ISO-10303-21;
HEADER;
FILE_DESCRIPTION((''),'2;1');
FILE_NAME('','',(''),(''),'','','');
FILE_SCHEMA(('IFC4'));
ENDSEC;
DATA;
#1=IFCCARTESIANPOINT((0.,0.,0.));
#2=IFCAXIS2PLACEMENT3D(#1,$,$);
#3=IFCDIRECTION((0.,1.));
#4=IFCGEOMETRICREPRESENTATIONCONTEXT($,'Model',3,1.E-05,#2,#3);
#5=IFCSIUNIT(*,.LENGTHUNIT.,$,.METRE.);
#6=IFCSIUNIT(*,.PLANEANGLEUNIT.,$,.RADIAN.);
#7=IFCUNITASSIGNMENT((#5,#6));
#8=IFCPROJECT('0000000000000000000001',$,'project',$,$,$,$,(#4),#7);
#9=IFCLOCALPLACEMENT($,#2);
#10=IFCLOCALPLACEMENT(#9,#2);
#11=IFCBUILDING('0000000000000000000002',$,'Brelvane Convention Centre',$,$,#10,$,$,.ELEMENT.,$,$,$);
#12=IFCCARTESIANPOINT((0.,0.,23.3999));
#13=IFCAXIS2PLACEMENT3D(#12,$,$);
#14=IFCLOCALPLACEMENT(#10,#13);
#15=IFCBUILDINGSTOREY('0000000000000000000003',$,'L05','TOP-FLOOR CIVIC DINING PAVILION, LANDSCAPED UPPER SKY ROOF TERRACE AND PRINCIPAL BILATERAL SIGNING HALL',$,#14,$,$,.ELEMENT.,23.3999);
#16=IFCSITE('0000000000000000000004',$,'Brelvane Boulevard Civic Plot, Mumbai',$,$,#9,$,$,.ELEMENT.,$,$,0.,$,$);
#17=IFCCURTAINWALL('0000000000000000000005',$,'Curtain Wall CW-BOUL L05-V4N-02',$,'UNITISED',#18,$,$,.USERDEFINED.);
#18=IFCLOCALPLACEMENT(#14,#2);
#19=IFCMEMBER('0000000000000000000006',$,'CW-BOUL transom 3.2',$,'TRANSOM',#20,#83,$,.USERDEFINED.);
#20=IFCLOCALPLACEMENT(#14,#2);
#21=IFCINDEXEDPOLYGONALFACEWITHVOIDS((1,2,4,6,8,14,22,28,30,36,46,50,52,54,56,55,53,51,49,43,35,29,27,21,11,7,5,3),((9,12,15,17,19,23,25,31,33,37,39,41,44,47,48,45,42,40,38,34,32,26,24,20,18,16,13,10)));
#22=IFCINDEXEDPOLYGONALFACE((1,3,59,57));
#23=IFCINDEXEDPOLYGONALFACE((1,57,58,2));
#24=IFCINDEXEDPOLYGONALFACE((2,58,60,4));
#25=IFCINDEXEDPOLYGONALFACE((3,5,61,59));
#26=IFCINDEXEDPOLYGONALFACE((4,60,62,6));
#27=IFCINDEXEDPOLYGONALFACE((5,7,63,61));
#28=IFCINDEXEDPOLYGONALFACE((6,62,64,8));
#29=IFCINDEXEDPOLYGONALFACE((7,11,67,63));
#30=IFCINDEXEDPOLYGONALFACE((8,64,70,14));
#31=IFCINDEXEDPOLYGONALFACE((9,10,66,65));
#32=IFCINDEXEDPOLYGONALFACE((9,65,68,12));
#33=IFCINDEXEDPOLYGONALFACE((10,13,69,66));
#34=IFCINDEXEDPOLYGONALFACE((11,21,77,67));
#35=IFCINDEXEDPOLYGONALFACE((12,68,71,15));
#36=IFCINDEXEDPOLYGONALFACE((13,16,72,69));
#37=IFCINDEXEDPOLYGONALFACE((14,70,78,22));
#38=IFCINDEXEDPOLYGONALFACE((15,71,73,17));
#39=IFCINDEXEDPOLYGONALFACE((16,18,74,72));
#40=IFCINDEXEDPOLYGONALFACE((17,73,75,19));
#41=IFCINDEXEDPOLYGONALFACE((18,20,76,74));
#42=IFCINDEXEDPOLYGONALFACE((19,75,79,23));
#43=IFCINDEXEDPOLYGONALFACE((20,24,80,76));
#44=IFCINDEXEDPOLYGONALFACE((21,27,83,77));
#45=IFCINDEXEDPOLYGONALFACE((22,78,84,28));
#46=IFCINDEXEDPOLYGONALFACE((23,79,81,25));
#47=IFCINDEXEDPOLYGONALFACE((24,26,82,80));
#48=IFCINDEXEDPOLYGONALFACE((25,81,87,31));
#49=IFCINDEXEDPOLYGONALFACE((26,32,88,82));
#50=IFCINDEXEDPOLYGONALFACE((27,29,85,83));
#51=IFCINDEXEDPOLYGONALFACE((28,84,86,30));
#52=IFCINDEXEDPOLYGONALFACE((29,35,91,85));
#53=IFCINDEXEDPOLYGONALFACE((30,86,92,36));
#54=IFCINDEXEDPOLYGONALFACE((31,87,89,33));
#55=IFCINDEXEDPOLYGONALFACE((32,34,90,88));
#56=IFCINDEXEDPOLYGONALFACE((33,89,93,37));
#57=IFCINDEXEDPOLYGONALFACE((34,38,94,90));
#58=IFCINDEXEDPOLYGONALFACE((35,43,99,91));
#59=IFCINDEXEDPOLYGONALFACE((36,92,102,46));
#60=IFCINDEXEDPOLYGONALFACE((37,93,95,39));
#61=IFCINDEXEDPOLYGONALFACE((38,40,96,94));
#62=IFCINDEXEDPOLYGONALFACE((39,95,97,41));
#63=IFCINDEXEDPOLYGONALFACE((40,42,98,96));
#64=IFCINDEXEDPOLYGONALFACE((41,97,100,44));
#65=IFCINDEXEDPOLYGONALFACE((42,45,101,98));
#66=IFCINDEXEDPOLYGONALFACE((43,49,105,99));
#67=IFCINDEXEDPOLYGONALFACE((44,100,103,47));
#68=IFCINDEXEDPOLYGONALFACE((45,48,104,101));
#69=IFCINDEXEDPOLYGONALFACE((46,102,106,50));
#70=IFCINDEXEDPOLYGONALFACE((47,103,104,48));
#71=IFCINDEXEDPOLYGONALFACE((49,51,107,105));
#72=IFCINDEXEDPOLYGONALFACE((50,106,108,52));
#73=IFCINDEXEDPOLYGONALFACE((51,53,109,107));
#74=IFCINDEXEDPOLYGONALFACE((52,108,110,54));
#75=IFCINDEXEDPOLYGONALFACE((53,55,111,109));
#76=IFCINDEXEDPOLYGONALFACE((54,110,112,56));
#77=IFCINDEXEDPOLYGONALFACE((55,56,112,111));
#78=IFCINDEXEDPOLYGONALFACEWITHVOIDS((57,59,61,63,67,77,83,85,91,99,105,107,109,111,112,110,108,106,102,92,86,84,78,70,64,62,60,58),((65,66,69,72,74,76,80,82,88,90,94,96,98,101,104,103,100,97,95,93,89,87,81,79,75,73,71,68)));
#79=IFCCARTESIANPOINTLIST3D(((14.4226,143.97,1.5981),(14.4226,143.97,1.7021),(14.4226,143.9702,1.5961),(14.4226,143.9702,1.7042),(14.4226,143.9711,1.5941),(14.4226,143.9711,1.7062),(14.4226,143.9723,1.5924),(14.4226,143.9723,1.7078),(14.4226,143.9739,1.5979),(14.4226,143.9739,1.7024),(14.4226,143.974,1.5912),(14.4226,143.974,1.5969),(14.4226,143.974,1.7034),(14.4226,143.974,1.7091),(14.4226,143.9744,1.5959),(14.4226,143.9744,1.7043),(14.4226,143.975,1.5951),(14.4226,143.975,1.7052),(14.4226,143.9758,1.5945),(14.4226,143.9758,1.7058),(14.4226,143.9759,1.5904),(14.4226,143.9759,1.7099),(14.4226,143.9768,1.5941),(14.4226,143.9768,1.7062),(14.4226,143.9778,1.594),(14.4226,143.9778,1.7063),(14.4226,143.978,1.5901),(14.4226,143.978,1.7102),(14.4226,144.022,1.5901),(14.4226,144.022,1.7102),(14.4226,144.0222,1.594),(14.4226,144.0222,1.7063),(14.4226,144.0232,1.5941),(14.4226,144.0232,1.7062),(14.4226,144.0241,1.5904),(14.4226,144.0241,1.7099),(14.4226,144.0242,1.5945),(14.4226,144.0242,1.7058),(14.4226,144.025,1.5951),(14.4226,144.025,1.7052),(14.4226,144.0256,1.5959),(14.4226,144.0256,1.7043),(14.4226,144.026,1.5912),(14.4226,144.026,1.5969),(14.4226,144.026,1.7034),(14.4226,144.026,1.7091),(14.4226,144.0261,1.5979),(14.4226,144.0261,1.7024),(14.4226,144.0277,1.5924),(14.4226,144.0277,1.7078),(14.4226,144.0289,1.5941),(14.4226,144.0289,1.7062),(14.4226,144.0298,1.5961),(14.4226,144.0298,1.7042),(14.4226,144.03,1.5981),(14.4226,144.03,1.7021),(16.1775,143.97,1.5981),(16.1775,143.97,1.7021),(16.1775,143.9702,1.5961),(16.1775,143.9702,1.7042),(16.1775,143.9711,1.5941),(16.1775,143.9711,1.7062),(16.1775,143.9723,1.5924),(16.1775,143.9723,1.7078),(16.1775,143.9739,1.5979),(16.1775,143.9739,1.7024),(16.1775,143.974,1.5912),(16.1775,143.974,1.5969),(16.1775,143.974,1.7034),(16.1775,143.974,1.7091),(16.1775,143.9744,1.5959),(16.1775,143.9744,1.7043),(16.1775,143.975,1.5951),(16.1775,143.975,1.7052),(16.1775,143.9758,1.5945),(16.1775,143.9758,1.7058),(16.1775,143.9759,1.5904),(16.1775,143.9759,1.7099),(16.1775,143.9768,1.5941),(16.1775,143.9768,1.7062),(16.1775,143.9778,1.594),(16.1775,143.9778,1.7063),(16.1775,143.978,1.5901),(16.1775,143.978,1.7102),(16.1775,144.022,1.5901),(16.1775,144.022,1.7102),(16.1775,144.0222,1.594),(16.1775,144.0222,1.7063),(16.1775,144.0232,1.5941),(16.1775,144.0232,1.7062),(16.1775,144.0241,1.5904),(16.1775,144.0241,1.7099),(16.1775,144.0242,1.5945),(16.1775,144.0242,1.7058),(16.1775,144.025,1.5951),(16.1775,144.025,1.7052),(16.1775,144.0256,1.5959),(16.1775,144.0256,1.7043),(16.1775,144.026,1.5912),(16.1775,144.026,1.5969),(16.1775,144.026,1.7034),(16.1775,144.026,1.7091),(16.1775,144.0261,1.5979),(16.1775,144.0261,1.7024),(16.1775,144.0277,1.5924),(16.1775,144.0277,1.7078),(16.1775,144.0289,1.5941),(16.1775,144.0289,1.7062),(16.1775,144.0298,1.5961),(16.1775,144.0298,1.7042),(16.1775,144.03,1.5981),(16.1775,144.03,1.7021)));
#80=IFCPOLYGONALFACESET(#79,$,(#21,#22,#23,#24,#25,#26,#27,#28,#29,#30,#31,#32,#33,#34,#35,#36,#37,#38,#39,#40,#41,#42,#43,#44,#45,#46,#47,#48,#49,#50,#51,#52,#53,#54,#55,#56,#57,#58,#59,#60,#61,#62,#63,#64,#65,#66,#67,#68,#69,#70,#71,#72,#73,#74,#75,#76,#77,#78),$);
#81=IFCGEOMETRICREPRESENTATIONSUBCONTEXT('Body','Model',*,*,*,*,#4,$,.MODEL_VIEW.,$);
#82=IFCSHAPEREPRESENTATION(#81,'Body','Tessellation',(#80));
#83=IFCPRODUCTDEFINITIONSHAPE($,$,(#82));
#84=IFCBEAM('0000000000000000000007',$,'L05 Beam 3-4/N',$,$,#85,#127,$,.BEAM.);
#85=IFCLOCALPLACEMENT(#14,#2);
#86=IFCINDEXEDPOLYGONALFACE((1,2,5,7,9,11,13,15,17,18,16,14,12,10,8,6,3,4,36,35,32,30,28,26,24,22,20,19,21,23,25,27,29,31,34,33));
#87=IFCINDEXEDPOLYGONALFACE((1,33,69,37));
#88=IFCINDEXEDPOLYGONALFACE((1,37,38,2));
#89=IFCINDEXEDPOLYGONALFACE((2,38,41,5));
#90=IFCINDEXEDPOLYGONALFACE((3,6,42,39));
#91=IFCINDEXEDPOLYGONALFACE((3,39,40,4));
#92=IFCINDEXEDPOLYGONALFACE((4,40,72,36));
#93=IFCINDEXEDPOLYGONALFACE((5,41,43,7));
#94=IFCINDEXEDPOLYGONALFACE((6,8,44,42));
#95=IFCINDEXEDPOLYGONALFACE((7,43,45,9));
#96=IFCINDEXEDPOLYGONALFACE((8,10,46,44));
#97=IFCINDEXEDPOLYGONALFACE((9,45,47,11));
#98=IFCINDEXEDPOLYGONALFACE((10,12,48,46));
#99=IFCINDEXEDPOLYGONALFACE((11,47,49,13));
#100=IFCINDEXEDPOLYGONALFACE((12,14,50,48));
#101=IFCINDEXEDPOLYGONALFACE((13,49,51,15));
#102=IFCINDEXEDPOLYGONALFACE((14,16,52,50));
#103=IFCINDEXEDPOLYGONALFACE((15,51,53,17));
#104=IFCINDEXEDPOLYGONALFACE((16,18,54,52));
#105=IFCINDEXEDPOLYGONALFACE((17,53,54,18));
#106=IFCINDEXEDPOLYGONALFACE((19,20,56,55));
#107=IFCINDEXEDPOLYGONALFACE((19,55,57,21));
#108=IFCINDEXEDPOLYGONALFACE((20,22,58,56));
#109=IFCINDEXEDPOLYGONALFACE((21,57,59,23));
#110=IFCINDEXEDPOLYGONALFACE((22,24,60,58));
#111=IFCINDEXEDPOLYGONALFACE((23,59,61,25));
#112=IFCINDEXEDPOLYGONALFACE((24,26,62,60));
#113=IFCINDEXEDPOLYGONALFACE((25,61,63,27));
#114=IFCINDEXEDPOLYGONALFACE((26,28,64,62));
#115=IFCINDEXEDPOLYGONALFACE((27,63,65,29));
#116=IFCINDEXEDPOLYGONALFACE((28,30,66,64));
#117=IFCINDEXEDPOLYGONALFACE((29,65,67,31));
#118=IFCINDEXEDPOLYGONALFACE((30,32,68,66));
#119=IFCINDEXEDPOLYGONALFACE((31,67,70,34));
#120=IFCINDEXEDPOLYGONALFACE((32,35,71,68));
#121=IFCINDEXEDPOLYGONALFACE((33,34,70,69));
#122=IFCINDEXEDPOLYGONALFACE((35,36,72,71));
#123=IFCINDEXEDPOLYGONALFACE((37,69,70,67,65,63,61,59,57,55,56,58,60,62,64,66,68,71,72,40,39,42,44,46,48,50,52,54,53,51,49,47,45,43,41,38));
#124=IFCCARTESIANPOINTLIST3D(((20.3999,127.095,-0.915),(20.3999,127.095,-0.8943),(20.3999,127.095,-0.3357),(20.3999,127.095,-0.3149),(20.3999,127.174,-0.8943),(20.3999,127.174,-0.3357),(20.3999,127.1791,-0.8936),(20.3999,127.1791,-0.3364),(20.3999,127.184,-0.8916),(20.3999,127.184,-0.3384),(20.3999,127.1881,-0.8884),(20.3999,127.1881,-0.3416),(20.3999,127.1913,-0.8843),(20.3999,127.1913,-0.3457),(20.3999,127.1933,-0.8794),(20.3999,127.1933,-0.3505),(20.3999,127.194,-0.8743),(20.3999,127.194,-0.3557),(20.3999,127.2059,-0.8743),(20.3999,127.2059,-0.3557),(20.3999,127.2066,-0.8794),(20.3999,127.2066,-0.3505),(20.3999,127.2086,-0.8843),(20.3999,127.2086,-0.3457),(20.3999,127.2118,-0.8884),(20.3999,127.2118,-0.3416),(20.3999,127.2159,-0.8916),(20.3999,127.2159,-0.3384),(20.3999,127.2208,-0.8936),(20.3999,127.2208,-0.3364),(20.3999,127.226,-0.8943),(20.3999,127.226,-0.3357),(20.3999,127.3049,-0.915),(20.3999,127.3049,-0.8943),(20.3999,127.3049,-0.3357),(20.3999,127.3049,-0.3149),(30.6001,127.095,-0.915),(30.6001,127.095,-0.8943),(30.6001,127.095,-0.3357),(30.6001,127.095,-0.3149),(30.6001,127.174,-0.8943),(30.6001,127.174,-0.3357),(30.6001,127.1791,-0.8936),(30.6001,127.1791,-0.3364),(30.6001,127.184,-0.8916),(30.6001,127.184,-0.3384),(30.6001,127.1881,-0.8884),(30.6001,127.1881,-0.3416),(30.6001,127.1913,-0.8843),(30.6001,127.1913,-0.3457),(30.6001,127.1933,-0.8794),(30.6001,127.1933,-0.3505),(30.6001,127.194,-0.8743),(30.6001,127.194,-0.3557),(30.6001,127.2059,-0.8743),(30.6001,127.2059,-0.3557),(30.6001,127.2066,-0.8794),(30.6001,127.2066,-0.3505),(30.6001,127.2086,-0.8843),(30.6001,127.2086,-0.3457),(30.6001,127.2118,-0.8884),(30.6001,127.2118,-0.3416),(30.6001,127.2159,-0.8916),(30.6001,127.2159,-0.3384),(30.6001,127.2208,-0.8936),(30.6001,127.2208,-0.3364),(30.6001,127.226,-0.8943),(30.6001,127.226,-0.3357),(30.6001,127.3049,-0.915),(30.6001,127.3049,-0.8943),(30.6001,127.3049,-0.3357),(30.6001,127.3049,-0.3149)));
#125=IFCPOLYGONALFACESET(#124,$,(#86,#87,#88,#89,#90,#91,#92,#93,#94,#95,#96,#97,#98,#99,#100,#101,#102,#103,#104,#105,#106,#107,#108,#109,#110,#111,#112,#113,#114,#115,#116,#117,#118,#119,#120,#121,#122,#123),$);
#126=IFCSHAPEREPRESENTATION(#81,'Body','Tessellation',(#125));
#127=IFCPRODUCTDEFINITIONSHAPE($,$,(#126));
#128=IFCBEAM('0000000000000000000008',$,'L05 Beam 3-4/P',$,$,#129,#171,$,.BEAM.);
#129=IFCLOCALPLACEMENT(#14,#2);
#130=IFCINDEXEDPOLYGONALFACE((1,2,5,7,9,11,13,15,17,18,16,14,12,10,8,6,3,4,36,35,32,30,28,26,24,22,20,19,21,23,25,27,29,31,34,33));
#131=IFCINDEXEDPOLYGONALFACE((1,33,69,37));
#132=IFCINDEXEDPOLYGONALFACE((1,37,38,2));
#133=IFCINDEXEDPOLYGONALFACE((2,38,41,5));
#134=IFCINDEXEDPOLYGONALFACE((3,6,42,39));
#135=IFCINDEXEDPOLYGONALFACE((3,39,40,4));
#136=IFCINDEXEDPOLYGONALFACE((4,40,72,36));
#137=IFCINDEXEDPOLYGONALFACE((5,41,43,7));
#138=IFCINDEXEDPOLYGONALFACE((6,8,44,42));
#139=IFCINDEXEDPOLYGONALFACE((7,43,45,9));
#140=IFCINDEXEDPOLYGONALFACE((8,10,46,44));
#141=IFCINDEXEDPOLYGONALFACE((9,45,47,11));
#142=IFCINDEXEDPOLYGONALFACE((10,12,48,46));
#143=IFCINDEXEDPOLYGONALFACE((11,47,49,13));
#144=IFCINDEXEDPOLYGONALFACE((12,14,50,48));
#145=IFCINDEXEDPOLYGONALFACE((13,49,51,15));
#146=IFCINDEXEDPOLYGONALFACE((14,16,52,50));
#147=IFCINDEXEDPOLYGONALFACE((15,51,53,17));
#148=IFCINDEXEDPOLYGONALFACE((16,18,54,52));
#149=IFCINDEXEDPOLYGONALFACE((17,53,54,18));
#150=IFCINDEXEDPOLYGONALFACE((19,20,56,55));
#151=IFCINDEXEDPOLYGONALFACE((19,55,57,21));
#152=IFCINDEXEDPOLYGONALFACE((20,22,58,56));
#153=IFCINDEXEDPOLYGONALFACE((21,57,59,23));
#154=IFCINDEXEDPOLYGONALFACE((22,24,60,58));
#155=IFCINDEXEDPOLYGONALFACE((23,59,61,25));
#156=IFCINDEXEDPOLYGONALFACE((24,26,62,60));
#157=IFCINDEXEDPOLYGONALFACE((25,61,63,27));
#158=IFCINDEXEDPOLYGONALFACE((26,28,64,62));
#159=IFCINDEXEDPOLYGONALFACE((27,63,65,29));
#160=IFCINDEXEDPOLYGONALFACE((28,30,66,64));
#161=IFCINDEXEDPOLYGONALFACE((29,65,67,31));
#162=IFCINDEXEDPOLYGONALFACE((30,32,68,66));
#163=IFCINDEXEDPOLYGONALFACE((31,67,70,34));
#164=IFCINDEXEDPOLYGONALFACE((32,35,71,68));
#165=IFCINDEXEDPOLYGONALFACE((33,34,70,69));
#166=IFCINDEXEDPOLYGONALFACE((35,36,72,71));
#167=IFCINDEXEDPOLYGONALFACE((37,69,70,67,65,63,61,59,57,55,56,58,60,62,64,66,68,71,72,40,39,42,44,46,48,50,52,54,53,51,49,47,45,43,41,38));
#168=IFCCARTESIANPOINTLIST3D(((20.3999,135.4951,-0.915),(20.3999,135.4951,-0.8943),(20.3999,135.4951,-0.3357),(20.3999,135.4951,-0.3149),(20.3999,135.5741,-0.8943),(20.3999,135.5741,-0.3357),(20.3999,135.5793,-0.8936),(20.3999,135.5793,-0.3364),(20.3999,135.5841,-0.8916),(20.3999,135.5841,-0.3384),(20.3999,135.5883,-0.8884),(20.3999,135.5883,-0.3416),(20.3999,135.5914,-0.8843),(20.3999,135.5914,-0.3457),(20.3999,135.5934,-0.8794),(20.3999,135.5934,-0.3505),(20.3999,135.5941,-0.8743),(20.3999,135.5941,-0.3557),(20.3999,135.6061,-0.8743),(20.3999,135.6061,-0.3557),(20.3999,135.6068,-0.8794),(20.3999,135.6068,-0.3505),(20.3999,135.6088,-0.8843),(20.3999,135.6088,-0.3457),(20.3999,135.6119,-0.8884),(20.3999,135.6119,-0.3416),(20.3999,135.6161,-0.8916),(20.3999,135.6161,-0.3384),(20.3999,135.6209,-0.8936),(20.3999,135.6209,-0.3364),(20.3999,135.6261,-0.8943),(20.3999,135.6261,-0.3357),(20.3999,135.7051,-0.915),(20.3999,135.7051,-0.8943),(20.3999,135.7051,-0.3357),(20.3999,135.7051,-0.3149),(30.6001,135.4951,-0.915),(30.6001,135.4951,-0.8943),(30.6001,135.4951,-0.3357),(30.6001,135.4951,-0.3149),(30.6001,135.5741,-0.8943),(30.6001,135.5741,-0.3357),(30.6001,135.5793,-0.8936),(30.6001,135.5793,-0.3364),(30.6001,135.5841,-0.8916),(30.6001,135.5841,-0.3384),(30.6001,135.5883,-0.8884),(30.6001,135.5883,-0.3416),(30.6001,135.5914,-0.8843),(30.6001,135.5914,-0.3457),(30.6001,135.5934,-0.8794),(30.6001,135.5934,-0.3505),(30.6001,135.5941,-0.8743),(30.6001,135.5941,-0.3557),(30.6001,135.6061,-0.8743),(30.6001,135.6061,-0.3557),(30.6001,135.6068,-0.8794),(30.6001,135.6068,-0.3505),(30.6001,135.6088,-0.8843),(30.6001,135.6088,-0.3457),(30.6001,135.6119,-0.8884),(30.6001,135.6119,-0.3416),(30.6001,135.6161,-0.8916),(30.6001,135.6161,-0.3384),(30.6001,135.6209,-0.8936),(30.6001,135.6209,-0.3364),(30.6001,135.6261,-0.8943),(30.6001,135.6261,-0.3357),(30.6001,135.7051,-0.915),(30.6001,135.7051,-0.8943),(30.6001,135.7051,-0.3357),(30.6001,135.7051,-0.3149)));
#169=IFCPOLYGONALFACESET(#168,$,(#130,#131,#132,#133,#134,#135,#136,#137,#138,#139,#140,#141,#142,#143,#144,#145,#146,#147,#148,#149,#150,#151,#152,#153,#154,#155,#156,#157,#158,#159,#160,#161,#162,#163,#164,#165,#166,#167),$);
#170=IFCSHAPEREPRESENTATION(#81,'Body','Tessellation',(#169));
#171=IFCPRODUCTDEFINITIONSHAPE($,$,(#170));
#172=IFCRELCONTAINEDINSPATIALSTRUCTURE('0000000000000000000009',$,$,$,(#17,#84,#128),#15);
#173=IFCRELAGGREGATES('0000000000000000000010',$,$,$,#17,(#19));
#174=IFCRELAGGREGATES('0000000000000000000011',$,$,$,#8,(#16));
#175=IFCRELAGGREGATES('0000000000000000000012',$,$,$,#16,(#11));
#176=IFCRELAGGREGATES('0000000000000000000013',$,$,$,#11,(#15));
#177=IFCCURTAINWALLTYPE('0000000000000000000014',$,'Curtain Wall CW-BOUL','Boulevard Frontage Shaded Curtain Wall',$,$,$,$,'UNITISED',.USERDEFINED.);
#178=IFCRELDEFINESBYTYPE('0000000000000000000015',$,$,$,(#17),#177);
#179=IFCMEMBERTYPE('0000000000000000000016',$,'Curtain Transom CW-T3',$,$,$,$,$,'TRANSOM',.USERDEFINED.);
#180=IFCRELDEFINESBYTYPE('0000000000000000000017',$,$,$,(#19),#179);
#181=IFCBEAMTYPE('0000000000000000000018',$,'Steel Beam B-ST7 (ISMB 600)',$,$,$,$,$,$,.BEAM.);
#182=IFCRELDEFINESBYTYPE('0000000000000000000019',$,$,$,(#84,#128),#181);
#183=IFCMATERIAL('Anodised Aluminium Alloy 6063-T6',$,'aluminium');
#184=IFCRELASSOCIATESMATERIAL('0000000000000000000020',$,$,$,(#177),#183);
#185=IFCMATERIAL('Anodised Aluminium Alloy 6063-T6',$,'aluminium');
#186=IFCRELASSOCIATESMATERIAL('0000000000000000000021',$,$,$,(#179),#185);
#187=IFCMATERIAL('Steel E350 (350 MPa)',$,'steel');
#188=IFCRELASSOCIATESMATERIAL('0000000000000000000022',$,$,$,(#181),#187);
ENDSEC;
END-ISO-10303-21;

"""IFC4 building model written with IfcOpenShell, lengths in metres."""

from ifc_helpers import new_model, si_unit, direction, frame, origin, origin_2d, place, context, subcontext, project, spatial, hollow_rectangle, i_section, extrude, material, material_profile, profile_set, type_object, element, aggregate, save


model = new_model("IFC4")

# Units and contexts
model_context = context("Model", 3, precision=1e-05, world=origin(), true_north=direction((0.0, 1.0)))
body_context = subcontext(model_context, "Body", "Model", "MODEL_VIEW")
ifc_project = project(units=[si_unit("LENGTHUNIT", "METRE"), si_unit("PLANEANGLEUNIT", "RADIAN")], contexts=[model_context])

# Site, building, storey
site_placement = place(None, origin())
site = spatial("IfcSite", under=ifc_project, at=site_placement, Name="Brelvane Boulevard Civic Plot, Mumbai", CompositionType="ELEMENT", RefElevation=0.0)
building_placement = place(site_placement, origin())
building = spatial("IfcBuilding", under=site, at=building_placement, Name="Brelvane Convention Centre", CompositionType="ELEMENT")
storey_placement = place(building_placement, frame((0.0, 0.0, 23.3999)))
storey = spatial("IfcBuildingStorey", under=building, at=storey_placement, Name="L05", Description="TOP-FLOOR CIVIC DINING PAVILION, LANDSCAPED UPPER SKY ROOF TERRACE AND PRINCIPAL BILATERAL SIGNING HALL", CompositionType="ELEMENT", Elevation=23.3999)

# Curtain wall, member
ifc_material_1 = material(Name="Anodised Aluminium Alloy 6063-T6", Category="aluminium")
curtain_wall_type = type_object("IfcCurtainWallType", Name="Curtain Wall CW-BOUL", Description="Boulevard Frontage Shaded Curtain Wall", ElementType="UNITISED", PredefinedType="USERDEFINED", material=ifc_material_1)
curtain_wall_placement = place(storey_placement, origin())
curtain_wall = element("IfcCurtainWall", 1, at=curtain_wall_placement, inside=storey, type_object=curtain_wall_type, Name="Curtain Wall CW-BOUL L05-V4N-02", ObjectType="UNITISED", PredefinedType="USERDEFINED")
ifc_material_2 = material(Name="Anodised Aluminium Alloy 6063-T6", Category="aluminium")
ifc_material_profile_1 = material_profile(ifc_material_2, hollow_rectangle(XDim=0.0601, YDim=0.1201, WallThickness=0.0039, InnerFilletRadius=0.0039, OuterFilletRadius=0.0081, at=origin_2d()), Name="ALU-T 120x60x4.0")
ifc_profile_set_1 = profile_set([ifc_material_profile_1], Name="Anodised Aluminium Alloy 6063-T6")
member_type_1 = type_object("IfcMemberType", Name="Curtain Transom CW-T3", ElementType="TRANSOM", PredefinedType="USERDEFINED", material=ifc_profile_set_1)
member_1_placement = place(storey_placement, frame((14.4226, 144.0, 1.6501), z_axis=(1.0, 0.0, 0.0), x_axis=(0.0, 1.0, 0.0)))
member_1 = element("IfcMember", 2, at=member_1_placement, type_object=member_type_1, Name="CW-BOUL transom 3.2", ObjectType="TRANSOM", PredefinedType="USERDEFINED", context=body_context, shape_type="SweptSolid", body=[
    extrude(hollow_rectangle(XDim=0.0601, YDim=0.1201, WallThickness=0.0039, InnerFilletRadius=0.0039, OuterFilletRadius=0.0081, at=origin_2d()), origin(), (0.0, 0.0, 1.0), 1.7549),
])
aggregate(curtain_wall, [member_1])

# Beams
ifc_material_3 = material(Name="Steel E350 (350 MPa)", Category="steel")
ifc_material_profile_2 = material_profile(ifc_material_3, i_section(OverallWidth=0.21, OverallDepth=0.6001, WebThickness=0.012, FlangeThickness=0.0208, FilletRadius=0.02, at=origin_2d()), Name="ISMB 600")
ifc_profile_set_2 = profile_set([ifc_material_profile_2], Name="Steel E350 (350 MPa)")
beam_type_1 = type_object("IfcBeamType", Name="Steel Beam B-ST7 (ISMB 600)", PredefinedType="BEAM", material=ifc_profile_set_2)
for number, where, z_axis, x_axis, name in (
    (3, (20.3999, 127.2, -0.615), (1.0, 0.0, 0.0), (0.0, 1.0, 0.0), "L05 Beam 3-4/N"),
    (4, (20.3999, 135.6001, -0.615), (1.0, 0.0, 0.0), (0.0, 1.0, 0.0), "L05 Beam 3-4/P"),
):
    element("IfcBeam", number, at=place(storey_placement, frame(where, z_axis=z_axis, x_axis=x_axis)), inside=storey, type_object=beam_type_1, Name=name, PredefinedType="BEAM", context=body_context, shape_type="SweptSolid", body=[
        extrude(i_section(OverallWidth=0.21, OverallDepth=0.6001, WebThickness=0.012, FlangeThickness=0.0208, FilletRadius=0.02, at=origin_2d()), origin(), (0.0, 0.0, 1.0), 10.2002),
    ])

save(model, "model.ifc")
